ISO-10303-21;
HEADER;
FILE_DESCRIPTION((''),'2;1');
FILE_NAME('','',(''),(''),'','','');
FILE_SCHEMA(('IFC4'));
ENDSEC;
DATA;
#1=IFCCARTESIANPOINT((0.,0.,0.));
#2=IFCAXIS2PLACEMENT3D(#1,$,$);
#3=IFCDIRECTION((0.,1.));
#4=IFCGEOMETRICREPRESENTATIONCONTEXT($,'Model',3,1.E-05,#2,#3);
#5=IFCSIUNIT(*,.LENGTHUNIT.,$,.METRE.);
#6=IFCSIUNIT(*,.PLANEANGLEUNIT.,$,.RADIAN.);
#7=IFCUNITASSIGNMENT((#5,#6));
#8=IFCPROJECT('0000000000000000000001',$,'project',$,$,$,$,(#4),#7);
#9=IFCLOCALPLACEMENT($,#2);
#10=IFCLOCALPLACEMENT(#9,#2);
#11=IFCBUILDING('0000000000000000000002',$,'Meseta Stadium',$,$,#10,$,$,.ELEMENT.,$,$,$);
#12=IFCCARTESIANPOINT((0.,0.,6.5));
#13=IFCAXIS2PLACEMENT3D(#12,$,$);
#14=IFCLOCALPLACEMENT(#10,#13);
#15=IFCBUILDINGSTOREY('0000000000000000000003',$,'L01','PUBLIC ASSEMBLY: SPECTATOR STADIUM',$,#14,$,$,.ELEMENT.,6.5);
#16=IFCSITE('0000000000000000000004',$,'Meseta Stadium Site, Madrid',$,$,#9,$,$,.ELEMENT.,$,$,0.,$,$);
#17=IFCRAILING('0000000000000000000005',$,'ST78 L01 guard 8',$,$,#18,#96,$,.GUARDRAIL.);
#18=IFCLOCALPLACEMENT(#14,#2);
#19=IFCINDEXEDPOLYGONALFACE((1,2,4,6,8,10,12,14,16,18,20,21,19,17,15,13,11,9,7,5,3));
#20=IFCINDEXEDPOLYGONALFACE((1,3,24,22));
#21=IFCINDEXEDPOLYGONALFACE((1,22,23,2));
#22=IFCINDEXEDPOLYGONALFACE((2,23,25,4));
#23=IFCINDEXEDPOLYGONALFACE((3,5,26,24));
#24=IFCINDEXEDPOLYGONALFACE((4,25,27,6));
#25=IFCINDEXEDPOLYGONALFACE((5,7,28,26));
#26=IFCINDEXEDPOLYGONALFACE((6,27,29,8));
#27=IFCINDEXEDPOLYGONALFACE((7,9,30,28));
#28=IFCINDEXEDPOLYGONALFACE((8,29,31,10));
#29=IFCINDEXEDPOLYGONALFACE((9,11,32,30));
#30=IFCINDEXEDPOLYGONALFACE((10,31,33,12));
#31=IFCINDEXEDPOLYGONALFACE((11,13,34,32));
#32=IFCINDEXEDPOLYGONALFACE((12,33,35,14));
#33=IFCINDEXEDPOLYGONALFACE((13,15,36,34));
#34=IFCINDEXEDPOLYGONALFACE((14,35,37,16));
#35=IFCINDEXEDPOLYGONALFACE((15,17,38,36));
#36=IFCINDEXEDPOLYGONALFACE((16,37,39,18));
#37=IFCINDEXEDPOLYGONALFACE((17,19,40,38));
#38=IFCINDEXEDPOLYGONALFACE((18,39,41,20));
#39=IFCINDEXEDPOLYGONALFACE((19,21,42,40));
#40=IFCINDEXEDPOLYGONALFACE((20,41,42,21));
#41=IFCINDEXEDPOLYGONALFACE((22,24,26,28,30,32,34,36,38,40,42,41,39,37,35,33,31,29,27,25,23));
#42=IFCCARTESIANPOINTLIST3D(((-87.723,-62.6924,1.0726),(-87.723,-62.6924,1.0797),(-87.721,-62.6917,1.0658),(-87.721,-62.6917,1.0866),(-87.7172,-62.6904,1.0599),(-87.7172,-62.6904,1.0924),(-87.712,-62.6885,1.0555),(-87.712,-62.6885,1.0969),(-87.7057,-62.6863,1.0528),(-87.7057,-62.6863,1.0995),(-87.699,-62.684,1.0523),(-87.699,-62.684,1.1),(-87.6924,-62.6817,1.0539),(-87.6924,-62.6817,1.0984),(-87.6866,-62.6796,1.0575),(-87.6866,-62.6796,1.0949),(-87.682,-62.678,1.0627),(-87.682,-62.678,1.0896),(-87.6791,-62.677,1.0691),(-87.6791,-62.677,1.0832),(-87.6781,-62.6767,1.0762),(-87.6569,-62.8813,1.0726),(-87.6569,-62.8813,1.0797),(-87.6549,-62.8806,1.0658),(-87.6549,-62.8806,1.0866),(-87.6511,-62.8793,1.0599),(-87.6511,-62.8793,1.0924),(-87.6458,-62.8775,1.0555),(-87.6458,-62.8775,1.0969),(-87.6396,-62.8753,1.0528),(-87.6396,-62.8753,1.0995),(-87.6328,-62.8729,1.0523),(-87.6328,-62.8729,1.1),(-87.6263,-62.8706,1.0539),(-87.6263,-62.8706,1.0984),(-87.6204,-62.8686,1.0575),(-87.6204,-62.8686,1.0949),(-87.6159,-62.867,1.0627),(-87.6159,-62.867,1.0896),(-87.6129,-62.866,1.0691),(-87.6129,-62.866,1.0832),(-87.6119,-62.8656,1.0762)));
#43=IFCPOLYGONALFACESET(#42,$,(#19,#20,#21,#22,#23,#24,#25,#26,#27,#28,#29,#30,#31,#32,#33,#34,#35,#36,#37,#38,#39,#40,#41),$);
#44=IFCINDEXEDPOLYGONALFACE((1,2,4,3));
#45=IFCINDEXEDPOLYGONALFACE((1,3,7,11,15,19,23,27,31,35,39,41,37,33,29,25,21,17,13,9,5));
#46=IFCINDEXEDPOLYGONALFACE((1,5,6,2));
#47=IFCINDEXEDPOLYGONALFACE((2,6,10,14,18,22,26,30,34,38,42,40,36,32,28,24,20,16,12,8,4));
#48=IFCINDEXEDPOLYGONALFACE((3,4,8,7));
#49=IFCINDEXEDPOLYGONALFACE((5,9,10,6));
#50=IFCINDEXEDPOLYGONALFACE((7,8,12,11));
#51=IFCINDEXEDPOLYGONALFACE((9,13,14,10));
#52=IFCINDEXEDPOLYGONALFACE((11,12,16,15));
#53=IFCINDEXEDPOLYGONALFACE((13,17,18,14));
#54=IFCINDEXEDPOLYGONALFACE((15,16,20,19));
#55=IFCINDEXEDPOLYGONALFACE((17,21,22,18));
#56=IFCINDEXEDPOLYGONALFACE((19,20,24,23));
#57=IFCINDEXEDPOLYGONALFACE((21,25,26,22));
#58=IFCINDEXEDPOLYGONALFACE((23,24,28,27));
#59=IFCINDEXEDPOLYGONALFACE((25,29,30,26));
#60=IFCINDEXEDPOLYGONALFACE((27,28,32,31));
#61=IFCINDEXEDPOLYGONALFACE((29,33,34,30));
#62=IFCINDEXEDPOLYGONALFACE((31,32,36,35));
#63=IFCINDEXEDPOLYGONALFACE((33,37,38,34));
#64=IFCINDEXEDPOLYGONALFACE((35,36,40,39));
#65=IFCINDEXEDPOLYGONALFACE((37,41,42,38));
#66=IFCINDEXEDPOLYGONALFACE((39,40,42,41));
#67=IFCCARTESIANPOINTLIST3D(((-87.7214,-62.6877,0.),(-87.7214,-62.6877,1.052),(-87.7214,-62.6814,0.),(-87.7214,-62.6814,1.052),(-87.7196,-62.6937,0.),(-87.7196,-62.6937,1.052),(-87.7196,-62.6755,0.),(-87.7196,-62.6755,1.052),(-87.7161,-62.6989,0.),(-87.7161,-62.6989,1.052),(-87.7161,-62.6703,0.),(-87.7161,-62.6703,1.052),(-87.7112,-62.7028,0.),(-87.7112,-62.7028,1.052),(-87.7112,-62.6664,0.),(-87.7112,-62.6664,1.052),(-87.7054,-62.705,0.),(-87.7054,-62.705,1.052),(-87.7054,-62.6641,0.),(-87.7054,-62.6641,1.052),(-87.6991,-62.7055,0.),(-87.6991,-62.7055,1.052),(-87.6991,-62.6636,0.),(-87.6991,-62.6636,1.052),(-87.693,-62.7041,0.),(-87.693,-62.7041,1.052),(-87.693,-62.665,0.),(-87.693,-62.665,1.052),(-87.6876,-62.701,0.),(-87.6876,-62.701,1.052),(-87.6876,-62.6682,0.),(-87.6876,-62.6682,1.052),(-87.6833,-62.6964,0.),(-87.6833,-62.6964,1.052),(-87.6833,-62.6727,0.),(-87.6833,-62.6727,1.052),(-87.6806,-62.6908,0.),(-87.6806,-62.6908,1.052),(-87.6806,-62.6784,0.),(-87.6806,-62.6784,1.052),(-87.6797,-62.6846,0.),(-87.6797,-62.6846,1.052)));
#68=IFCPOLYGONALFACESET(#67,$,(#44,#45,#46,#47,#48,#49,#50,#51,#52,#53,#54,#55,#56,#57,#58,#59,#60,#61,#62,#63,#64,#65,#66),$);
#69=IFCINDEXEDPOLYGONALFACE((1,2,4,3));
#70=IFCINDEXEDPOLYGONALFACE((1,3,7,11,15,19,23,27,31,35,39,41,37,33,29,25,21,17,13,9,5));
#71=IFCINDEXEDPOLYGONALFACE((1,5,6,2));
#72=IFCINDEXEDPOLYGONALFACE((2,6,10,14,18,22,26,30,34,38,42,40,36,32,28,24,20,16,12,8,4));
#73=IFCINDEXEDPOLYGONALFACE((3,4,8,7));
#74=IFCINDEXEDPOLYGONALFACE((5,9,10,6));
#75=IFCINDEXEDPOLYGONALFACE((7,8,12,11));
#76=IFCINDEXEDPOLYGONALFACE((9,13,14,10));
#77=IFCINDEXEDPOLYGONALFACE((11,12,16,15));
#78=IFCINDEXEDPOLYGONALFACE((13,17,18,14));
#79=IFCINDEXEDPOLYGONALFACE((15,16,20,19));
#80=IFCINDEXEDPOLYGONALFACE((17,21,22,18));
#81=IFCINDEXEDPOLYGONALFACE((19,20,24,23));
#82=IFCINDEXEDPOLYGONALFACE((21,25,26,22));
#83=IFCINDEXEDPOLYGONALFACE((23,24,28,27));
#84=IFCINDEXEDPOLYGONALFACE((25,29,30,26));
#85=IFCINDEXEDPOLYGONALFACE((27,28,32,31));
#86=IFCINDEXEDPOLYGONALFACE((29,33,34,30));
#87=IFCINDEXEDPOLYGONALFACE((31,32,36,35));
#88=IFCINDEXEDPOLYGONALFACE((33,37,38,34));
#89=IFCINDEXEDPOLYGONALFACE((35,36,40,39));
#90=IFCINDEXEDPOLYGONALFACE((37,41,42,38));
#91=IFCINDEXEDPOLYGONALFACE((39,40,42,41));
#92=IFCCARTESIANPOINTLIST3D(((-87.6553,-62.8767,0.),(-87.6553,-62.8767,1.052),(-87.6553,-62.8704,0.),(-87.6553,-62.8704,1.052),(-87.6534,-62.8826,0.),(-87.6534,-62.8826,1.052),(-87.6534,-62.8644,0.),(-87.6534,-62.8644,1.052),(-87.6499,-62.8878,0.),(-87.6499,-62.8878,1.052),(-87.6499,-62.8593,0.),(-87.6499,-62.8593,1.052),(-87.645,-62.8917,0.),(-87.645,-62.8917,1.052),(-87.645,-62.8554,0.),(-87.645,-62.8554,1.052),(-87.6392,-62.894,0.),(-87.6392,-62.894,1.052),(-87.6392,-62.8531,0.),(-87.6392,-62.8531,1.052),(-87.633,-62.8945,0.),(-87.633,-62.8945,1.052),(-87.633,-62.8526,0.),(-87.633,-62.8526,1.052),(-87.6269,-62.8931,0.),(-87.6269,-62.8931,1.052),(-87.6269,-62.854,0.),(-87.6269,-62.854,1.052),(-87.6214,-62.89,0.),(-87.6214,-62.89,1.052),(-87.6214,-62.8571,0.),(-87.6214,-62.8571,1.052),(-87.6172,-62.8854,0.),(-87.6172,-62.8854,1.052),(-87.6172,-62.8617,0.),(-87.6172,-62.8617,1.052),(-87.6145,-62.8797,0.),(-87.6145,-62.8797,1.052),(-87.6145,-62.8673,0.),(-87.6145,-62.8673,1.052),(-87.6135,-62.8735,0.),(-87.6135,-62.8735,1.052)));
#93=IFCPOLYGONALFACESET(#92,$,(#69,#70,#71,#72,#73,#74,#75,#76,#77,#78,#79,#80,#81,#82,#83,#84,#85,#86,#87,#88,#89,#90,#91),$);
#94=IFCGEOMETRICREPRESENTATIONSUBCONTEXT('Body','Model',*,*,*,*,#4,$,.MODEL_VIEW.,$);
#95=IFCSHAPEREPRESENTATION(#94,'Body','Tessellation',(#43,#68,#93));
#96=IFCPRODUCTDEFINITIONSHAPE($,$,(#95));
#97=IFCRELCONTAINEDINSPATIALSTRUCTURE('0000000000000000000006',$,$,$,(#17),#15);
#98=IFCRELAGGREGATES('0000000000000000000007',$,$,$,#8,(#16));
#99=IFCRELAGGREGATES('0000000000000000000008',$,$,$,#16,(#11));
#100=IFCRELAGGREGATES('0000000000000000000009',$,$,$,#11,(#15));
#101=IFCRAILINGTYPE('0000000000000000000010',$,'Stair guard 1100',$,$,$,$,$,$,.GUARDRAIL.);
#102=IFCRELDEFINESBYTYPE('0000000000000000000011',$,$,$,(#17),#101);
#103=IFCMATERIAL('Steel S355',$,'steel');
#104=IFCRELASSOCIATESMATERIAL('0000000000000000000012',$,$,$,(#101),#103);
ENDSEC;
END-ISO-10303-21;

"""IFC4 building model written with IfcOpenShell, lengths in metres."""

from ifc_helpers import new_model, si_unit, direction, frame, origin, origin_2d, place, context, subcontext, project, spatial, circle, extrude, material, type_object, element, save


model = new_model("IFC4")

# Units and contexts
model_context = context("Model", 3, precision=1e-05, world=origin(), true_north=direction((0.0, 1.0)))
body_context = subcontext(model_context, "Body", "Model", "MODEL_VIEW")
ifc_project = project(units=[si_unit("LENGTHUNIT", "METRE"), si_unit("PLANEANGLEUNIT", "RADIAN")], contexts=[model_context])

# Site, building, storey
site_placement = place(None, origin())
site = spatial("IfcSite", under=ifc_project, at=site_placement, Name="Meseta Stadium Site, Madrid", CompositionType="ELEMENT", RefElevation=0.0)
building_placement = place(site_placement, origin())
building = spatial("IfcBuilding", under=site, at=building_placement, Name="Meseta Stadium", CompositionType="ELEMENT")
storey_placement = place(building_placement, frame((0.0, 0.0, 6.5)))
storey = spatial("IfcBuildingStorey", under=building, at=storey_placement, Name="L01", Description="PUBLIC ASSEMBLY: SPECTATOR STADIUM", CompositionType="ELEMENT", Elevation=6.5)

# Railing
ifc_material_1 = material(Name="Steel S355", Category="steel")
railing_type_1 = type_object("IfcRailingType", Name="Stair guard 1100", PredefinedType="GUARDRAIL", material=ifc_material_1)
railing_1_placement = place(storey_placement, frame((-87.7007, -62.6846, 0.0)))
element("IfcRailing", 1, at=railing_1_placement, inside=storey, type_object=railing_type_1, Name="ST78 L01 guard 8", PredefinedType="GUARDRAIL", context=body_context, shape_type="SweptSolid", body=[
    extrude(circle(Radius=0.0239, at=origin_2d()), frame((0.0, 0.0, 1.0762), z_axis=(0.330459, -0.94382, 0.0), x_axis=(0.94382, 0.330459, 0.0)), (0.0, 0.0, 1.0), 0.2002),
    extrude(circle(Radius=0.021, at=origin_2d()), origin(), (0.0, 0.0, 1.0), 1.052),
    extrude(circle(Radius=0.021, at=origin_2d()), frame((0.0662, -0.189, 0.0)), (0.0, 0.0, 1.0), 1.052),
])

save(model, "model.ifc")
